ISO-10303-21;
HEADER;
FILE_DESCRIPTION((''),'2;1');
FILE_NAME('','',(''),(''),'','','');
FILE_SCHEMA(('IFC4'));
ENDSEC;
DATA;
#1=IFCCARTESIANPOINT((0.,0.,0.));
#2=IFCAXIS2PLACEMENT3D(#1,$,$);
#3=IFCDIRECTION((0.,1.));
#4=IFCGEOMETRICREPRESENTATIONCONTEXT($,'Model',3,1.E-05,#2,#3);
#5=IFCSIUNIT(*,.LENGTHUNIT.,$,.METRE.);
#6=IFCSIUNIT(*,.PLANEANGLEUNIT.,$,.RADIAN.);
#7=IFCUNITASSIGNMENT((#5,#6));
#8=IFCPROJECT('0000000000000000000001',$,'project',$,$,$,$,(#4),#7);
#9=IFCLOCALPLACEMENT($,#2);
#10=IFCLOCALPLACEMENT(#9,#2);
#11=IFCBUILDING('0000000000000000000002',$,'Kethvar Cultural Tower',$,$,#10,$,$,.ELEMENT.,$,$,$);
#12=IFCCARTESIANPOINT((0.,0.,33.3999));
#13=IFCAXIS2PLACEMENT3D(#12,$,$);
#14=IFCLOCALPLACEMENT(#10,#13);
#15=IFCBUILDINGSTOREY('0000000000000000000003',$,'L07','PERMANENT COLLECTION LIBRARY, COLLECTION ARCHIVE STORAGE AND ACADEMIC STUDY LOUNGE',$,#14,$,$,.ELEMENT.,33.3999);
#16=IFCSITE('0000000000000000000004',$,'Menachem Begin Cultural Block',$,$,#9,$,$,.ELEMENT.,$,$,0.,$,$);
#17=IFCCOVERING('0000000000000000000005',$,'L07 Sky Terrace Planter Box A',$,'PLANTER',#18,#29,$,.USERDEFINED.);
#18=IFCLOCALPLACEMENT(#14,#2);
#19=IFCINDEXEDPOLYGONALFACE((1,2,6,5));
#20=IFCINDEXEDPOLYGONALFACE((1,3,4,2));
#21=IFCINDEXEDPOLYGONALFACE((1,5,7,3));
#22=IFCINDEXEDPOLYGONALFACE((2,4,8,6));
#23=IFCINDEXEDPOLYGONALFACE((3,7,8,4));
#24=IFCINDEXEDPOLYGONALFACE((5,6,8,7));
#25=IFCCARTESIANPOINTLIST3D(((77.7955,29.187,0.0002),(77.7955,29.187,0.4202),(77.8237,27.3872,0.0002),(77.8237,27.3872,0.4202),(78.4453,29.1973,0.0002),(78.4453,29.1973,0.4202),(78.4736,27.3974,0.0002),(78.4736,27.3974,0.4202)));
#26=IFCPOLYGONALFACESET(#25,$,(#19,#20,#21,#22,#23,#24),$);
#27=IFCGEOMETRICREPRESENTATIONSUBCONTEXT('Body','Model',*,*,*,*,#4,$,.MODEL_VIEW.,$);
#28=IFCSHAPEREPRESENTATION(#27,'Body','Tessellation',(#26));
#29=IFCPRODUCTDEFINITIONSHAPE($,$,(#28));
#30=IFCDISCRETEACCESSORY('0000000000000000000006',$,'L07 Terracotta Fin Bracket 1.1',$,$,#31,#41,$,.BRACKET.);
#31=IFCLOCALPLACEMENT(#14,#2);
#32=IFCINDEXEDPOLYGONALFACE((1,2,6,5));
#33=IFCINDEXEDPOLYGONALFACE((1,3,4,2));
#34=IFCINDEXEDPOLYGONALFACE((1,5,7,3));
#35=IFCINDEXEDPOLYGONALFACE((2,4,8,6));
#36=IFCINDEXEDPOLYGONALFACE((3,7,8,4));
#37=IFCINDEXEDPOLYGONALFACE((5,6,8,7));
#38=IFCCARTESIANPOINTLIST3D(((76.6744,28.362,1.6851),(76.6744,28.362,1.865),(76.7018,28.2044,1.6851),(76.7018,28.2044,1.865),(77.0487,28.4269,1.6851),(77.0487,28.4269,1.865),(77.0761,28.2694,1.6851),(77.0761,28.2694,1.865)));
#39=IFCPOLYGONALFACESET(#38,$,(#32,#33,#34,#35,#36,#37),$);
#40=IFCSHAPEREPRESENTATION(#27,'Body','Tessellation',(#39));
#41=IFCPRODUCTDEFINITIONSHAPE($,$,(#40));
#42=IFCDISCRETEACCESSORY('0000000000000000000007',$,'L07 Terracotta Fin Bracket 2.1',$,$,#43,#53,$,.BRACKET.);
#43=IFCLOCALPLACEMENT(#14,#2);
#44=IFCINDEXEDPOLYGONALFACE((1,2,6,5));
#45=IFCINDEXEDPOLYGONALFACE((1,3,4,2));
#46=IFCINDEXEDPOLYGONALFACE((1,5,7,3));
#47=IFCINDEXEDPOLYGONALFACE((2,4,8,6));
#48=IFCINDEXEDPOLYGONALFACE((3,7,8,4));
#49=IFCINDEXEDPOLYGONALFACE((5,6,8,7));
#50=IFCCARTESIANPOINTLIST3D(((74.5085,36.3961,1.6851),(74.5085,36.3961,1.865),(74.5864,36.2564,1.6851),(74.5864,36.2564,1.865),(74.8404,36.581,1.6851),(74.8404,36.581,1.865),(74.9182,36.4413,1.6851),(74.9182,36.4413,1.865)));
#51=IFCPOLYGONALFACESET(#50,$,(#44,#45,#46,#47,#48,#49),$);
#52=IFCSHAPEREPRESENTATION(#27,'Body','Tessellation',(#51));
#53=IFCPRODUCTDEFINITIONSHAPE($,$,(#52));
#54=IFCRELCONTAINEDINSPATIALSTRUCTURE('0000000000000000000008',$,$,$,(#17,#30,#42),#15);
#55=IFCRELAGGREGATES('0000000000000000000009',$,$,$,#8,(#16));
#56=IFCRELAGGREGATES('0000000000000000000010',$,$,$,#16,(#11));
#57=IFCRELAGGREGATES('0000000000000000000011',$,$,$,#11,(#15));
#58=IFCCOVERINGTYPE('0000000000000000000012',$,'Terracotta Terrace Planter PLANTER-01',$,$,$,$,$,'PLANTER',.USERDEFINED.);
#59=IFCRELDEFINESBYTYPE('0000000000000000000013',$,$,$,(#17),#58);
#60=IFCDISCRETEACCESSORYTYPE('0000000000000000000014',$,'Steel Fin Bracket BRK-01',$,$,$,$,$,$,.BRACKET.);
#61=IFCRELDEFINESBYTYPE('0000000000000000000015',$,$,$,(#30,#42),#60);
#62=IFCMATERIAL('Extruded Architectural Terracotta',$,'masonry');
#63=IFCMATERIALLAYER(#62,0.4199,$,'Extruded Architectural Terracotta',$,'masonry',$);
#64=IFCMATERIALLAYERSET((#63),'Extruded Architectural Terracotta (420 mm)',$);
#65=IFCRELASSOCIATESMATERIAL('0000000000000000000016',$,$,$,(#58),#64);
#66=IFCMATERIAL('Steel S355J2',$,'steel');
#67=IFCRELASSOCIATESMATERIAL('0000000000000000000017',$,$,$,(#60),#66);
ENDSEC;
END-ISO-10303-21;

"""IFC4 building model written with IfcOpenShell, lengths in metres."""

from ifc_helpers import new_model, si_unit, direction, frame, origin, origin_2d, place, context, subcontext, project, spatial, rectangle, extrude, source, transform, mapped, material, layer, layer_set, type_object, element, save


model = new_model("IFC4")

# Units and contexts
model_context = context("Model", 3, precision=1e-05, world=origin(), true_north=direction((0.0, 1.0)))
body_context = subcontext(model_context, "Body", "Model", "MODEL_VIEW")
ifc_project = project(units=[si_unit("LENGTHUNIT", "METRE"), si_unit("PLANEANGLEUNIT", "RADIAN")], contexts=[model_context])

# Site, building, storey
site_placement = place(None, origin())
site = spatial("IfcSite", under=ifc_project, at=site_placement, Name="Menachem Begin Cultural Block", CompositionType="ELEMENT", RefElevation=0.0)
building_placement = place(site_placement, origin())
building = spatial("IfcBuilding", under=site, at=building_placement, Name="Kethvar Cultural Tower", CompositionType="ELEMENT")
storey_placement = place(building_placement, frame((0.0, 0.0, 33.3999)))
storey = spatial("IfcBuildingStorey", under=building, at=storey_placement, Name="L07", Description="PERMANENT COLLECTION LIBRARY, COLLECTION ARCHIVE STORAGE AND ACADEMIC STUDY LOUNGE", CompositionType="ELEMENT", Elevation=33.3999)

# Shared definitions
ifc_material_1 = material(Name="Steel S355J2", Category="steel")

# Covering
ifc_material_2 = material(Name="Extruded Architectural Terracotta", Category="masonry")
ifc_layer_1 = layer(ifc_material_2, 0.4199, Name="Extruded Architectural Terracotta", Category="masonry")
ifc_layer_set_1 = layer_set([ifc_layer_1], Name="Extruded Architectural Terracotta (420 mm)")
covering_type_1 = type_object("IfcCoveringType", Name="Terracotta Terrace Planter PLANTER-01", ElementType="PLANTER", PredefinedType="USERDEFINED", material=ifc_layer_set_1)
shared_shape_1 = source(origin(), body_context, "Body", "SweptSolid", [
    extrude(rectangle(XDim=1.8, YDim=0.6499, at=origin_2d()), origin(), (0.0, 0.0, 1.0), 0.4199),
])
covering_placement = place(storey_placement, frame((78.1345, 28.2922, 0.0002), z_axis=(0.0, 0.0, 1.0), x_axis=(-0.015707, 0.999877, 0.0)))
element("IfcCovering", 1, at=covering_placement, inside=storey, type_object=covering_type_1, Name="L07 Sky Terrace Planter Box A", ObjectType="PLANTER", PredefinedType="USERDEFINED", context=body_context, shape_type="MappedRepresentation", body=[
    mapped(shared_shape_1, transform((0.0, 0.0, 0.0), scale=1.0)),
])

# Discrete accessories
discrete_accessory_type = type_object("IfcDiscreteAccessoryType", Name="Steel Fin Bracket BRK-01", PredefinedType="BRACKET", material=ifc_material_1)
shared_shape_2 = source(origin(), body_context, "Body", "SweptSolid", [
    extrude(rectangle(XDim=0.3799, YDim=0.1599, at=origin_2d()), origin(), (0.0, 0.0, 1.0), 0.1799),
])
for number, where, z_axis, x_axis, name in (
    (2, (76.8752, 28.3157, 1.6851), (0.0, 0.0, 1.0), (0.985289, 0.170897, 0.0), "L07 Terracotta Fin Bracket 1.1"),
    (3, (74.7134, 36.4187, 1.6851), (0.0, 0.0, 1.0), (0.873517, 0.486793, 0.0), "L07 Terracotta Fin Bracket 2.1"),
):
    element("IfcDiscreteAccessory", number, at=place(storey_placement, frame(where, z_axis=z_axis, x_axis=x_axis)), inside=storey, type_object=discrete_accessory_type, Name=name, PredefinedType="BRACKET", context=body_context, shape_type="MappedRepresentation", body=[
        mapped(shared_shape_2, transform((0.0, 0.0, 0.0), scale=1.0)),
    ])

save(model, "model.ifc")
